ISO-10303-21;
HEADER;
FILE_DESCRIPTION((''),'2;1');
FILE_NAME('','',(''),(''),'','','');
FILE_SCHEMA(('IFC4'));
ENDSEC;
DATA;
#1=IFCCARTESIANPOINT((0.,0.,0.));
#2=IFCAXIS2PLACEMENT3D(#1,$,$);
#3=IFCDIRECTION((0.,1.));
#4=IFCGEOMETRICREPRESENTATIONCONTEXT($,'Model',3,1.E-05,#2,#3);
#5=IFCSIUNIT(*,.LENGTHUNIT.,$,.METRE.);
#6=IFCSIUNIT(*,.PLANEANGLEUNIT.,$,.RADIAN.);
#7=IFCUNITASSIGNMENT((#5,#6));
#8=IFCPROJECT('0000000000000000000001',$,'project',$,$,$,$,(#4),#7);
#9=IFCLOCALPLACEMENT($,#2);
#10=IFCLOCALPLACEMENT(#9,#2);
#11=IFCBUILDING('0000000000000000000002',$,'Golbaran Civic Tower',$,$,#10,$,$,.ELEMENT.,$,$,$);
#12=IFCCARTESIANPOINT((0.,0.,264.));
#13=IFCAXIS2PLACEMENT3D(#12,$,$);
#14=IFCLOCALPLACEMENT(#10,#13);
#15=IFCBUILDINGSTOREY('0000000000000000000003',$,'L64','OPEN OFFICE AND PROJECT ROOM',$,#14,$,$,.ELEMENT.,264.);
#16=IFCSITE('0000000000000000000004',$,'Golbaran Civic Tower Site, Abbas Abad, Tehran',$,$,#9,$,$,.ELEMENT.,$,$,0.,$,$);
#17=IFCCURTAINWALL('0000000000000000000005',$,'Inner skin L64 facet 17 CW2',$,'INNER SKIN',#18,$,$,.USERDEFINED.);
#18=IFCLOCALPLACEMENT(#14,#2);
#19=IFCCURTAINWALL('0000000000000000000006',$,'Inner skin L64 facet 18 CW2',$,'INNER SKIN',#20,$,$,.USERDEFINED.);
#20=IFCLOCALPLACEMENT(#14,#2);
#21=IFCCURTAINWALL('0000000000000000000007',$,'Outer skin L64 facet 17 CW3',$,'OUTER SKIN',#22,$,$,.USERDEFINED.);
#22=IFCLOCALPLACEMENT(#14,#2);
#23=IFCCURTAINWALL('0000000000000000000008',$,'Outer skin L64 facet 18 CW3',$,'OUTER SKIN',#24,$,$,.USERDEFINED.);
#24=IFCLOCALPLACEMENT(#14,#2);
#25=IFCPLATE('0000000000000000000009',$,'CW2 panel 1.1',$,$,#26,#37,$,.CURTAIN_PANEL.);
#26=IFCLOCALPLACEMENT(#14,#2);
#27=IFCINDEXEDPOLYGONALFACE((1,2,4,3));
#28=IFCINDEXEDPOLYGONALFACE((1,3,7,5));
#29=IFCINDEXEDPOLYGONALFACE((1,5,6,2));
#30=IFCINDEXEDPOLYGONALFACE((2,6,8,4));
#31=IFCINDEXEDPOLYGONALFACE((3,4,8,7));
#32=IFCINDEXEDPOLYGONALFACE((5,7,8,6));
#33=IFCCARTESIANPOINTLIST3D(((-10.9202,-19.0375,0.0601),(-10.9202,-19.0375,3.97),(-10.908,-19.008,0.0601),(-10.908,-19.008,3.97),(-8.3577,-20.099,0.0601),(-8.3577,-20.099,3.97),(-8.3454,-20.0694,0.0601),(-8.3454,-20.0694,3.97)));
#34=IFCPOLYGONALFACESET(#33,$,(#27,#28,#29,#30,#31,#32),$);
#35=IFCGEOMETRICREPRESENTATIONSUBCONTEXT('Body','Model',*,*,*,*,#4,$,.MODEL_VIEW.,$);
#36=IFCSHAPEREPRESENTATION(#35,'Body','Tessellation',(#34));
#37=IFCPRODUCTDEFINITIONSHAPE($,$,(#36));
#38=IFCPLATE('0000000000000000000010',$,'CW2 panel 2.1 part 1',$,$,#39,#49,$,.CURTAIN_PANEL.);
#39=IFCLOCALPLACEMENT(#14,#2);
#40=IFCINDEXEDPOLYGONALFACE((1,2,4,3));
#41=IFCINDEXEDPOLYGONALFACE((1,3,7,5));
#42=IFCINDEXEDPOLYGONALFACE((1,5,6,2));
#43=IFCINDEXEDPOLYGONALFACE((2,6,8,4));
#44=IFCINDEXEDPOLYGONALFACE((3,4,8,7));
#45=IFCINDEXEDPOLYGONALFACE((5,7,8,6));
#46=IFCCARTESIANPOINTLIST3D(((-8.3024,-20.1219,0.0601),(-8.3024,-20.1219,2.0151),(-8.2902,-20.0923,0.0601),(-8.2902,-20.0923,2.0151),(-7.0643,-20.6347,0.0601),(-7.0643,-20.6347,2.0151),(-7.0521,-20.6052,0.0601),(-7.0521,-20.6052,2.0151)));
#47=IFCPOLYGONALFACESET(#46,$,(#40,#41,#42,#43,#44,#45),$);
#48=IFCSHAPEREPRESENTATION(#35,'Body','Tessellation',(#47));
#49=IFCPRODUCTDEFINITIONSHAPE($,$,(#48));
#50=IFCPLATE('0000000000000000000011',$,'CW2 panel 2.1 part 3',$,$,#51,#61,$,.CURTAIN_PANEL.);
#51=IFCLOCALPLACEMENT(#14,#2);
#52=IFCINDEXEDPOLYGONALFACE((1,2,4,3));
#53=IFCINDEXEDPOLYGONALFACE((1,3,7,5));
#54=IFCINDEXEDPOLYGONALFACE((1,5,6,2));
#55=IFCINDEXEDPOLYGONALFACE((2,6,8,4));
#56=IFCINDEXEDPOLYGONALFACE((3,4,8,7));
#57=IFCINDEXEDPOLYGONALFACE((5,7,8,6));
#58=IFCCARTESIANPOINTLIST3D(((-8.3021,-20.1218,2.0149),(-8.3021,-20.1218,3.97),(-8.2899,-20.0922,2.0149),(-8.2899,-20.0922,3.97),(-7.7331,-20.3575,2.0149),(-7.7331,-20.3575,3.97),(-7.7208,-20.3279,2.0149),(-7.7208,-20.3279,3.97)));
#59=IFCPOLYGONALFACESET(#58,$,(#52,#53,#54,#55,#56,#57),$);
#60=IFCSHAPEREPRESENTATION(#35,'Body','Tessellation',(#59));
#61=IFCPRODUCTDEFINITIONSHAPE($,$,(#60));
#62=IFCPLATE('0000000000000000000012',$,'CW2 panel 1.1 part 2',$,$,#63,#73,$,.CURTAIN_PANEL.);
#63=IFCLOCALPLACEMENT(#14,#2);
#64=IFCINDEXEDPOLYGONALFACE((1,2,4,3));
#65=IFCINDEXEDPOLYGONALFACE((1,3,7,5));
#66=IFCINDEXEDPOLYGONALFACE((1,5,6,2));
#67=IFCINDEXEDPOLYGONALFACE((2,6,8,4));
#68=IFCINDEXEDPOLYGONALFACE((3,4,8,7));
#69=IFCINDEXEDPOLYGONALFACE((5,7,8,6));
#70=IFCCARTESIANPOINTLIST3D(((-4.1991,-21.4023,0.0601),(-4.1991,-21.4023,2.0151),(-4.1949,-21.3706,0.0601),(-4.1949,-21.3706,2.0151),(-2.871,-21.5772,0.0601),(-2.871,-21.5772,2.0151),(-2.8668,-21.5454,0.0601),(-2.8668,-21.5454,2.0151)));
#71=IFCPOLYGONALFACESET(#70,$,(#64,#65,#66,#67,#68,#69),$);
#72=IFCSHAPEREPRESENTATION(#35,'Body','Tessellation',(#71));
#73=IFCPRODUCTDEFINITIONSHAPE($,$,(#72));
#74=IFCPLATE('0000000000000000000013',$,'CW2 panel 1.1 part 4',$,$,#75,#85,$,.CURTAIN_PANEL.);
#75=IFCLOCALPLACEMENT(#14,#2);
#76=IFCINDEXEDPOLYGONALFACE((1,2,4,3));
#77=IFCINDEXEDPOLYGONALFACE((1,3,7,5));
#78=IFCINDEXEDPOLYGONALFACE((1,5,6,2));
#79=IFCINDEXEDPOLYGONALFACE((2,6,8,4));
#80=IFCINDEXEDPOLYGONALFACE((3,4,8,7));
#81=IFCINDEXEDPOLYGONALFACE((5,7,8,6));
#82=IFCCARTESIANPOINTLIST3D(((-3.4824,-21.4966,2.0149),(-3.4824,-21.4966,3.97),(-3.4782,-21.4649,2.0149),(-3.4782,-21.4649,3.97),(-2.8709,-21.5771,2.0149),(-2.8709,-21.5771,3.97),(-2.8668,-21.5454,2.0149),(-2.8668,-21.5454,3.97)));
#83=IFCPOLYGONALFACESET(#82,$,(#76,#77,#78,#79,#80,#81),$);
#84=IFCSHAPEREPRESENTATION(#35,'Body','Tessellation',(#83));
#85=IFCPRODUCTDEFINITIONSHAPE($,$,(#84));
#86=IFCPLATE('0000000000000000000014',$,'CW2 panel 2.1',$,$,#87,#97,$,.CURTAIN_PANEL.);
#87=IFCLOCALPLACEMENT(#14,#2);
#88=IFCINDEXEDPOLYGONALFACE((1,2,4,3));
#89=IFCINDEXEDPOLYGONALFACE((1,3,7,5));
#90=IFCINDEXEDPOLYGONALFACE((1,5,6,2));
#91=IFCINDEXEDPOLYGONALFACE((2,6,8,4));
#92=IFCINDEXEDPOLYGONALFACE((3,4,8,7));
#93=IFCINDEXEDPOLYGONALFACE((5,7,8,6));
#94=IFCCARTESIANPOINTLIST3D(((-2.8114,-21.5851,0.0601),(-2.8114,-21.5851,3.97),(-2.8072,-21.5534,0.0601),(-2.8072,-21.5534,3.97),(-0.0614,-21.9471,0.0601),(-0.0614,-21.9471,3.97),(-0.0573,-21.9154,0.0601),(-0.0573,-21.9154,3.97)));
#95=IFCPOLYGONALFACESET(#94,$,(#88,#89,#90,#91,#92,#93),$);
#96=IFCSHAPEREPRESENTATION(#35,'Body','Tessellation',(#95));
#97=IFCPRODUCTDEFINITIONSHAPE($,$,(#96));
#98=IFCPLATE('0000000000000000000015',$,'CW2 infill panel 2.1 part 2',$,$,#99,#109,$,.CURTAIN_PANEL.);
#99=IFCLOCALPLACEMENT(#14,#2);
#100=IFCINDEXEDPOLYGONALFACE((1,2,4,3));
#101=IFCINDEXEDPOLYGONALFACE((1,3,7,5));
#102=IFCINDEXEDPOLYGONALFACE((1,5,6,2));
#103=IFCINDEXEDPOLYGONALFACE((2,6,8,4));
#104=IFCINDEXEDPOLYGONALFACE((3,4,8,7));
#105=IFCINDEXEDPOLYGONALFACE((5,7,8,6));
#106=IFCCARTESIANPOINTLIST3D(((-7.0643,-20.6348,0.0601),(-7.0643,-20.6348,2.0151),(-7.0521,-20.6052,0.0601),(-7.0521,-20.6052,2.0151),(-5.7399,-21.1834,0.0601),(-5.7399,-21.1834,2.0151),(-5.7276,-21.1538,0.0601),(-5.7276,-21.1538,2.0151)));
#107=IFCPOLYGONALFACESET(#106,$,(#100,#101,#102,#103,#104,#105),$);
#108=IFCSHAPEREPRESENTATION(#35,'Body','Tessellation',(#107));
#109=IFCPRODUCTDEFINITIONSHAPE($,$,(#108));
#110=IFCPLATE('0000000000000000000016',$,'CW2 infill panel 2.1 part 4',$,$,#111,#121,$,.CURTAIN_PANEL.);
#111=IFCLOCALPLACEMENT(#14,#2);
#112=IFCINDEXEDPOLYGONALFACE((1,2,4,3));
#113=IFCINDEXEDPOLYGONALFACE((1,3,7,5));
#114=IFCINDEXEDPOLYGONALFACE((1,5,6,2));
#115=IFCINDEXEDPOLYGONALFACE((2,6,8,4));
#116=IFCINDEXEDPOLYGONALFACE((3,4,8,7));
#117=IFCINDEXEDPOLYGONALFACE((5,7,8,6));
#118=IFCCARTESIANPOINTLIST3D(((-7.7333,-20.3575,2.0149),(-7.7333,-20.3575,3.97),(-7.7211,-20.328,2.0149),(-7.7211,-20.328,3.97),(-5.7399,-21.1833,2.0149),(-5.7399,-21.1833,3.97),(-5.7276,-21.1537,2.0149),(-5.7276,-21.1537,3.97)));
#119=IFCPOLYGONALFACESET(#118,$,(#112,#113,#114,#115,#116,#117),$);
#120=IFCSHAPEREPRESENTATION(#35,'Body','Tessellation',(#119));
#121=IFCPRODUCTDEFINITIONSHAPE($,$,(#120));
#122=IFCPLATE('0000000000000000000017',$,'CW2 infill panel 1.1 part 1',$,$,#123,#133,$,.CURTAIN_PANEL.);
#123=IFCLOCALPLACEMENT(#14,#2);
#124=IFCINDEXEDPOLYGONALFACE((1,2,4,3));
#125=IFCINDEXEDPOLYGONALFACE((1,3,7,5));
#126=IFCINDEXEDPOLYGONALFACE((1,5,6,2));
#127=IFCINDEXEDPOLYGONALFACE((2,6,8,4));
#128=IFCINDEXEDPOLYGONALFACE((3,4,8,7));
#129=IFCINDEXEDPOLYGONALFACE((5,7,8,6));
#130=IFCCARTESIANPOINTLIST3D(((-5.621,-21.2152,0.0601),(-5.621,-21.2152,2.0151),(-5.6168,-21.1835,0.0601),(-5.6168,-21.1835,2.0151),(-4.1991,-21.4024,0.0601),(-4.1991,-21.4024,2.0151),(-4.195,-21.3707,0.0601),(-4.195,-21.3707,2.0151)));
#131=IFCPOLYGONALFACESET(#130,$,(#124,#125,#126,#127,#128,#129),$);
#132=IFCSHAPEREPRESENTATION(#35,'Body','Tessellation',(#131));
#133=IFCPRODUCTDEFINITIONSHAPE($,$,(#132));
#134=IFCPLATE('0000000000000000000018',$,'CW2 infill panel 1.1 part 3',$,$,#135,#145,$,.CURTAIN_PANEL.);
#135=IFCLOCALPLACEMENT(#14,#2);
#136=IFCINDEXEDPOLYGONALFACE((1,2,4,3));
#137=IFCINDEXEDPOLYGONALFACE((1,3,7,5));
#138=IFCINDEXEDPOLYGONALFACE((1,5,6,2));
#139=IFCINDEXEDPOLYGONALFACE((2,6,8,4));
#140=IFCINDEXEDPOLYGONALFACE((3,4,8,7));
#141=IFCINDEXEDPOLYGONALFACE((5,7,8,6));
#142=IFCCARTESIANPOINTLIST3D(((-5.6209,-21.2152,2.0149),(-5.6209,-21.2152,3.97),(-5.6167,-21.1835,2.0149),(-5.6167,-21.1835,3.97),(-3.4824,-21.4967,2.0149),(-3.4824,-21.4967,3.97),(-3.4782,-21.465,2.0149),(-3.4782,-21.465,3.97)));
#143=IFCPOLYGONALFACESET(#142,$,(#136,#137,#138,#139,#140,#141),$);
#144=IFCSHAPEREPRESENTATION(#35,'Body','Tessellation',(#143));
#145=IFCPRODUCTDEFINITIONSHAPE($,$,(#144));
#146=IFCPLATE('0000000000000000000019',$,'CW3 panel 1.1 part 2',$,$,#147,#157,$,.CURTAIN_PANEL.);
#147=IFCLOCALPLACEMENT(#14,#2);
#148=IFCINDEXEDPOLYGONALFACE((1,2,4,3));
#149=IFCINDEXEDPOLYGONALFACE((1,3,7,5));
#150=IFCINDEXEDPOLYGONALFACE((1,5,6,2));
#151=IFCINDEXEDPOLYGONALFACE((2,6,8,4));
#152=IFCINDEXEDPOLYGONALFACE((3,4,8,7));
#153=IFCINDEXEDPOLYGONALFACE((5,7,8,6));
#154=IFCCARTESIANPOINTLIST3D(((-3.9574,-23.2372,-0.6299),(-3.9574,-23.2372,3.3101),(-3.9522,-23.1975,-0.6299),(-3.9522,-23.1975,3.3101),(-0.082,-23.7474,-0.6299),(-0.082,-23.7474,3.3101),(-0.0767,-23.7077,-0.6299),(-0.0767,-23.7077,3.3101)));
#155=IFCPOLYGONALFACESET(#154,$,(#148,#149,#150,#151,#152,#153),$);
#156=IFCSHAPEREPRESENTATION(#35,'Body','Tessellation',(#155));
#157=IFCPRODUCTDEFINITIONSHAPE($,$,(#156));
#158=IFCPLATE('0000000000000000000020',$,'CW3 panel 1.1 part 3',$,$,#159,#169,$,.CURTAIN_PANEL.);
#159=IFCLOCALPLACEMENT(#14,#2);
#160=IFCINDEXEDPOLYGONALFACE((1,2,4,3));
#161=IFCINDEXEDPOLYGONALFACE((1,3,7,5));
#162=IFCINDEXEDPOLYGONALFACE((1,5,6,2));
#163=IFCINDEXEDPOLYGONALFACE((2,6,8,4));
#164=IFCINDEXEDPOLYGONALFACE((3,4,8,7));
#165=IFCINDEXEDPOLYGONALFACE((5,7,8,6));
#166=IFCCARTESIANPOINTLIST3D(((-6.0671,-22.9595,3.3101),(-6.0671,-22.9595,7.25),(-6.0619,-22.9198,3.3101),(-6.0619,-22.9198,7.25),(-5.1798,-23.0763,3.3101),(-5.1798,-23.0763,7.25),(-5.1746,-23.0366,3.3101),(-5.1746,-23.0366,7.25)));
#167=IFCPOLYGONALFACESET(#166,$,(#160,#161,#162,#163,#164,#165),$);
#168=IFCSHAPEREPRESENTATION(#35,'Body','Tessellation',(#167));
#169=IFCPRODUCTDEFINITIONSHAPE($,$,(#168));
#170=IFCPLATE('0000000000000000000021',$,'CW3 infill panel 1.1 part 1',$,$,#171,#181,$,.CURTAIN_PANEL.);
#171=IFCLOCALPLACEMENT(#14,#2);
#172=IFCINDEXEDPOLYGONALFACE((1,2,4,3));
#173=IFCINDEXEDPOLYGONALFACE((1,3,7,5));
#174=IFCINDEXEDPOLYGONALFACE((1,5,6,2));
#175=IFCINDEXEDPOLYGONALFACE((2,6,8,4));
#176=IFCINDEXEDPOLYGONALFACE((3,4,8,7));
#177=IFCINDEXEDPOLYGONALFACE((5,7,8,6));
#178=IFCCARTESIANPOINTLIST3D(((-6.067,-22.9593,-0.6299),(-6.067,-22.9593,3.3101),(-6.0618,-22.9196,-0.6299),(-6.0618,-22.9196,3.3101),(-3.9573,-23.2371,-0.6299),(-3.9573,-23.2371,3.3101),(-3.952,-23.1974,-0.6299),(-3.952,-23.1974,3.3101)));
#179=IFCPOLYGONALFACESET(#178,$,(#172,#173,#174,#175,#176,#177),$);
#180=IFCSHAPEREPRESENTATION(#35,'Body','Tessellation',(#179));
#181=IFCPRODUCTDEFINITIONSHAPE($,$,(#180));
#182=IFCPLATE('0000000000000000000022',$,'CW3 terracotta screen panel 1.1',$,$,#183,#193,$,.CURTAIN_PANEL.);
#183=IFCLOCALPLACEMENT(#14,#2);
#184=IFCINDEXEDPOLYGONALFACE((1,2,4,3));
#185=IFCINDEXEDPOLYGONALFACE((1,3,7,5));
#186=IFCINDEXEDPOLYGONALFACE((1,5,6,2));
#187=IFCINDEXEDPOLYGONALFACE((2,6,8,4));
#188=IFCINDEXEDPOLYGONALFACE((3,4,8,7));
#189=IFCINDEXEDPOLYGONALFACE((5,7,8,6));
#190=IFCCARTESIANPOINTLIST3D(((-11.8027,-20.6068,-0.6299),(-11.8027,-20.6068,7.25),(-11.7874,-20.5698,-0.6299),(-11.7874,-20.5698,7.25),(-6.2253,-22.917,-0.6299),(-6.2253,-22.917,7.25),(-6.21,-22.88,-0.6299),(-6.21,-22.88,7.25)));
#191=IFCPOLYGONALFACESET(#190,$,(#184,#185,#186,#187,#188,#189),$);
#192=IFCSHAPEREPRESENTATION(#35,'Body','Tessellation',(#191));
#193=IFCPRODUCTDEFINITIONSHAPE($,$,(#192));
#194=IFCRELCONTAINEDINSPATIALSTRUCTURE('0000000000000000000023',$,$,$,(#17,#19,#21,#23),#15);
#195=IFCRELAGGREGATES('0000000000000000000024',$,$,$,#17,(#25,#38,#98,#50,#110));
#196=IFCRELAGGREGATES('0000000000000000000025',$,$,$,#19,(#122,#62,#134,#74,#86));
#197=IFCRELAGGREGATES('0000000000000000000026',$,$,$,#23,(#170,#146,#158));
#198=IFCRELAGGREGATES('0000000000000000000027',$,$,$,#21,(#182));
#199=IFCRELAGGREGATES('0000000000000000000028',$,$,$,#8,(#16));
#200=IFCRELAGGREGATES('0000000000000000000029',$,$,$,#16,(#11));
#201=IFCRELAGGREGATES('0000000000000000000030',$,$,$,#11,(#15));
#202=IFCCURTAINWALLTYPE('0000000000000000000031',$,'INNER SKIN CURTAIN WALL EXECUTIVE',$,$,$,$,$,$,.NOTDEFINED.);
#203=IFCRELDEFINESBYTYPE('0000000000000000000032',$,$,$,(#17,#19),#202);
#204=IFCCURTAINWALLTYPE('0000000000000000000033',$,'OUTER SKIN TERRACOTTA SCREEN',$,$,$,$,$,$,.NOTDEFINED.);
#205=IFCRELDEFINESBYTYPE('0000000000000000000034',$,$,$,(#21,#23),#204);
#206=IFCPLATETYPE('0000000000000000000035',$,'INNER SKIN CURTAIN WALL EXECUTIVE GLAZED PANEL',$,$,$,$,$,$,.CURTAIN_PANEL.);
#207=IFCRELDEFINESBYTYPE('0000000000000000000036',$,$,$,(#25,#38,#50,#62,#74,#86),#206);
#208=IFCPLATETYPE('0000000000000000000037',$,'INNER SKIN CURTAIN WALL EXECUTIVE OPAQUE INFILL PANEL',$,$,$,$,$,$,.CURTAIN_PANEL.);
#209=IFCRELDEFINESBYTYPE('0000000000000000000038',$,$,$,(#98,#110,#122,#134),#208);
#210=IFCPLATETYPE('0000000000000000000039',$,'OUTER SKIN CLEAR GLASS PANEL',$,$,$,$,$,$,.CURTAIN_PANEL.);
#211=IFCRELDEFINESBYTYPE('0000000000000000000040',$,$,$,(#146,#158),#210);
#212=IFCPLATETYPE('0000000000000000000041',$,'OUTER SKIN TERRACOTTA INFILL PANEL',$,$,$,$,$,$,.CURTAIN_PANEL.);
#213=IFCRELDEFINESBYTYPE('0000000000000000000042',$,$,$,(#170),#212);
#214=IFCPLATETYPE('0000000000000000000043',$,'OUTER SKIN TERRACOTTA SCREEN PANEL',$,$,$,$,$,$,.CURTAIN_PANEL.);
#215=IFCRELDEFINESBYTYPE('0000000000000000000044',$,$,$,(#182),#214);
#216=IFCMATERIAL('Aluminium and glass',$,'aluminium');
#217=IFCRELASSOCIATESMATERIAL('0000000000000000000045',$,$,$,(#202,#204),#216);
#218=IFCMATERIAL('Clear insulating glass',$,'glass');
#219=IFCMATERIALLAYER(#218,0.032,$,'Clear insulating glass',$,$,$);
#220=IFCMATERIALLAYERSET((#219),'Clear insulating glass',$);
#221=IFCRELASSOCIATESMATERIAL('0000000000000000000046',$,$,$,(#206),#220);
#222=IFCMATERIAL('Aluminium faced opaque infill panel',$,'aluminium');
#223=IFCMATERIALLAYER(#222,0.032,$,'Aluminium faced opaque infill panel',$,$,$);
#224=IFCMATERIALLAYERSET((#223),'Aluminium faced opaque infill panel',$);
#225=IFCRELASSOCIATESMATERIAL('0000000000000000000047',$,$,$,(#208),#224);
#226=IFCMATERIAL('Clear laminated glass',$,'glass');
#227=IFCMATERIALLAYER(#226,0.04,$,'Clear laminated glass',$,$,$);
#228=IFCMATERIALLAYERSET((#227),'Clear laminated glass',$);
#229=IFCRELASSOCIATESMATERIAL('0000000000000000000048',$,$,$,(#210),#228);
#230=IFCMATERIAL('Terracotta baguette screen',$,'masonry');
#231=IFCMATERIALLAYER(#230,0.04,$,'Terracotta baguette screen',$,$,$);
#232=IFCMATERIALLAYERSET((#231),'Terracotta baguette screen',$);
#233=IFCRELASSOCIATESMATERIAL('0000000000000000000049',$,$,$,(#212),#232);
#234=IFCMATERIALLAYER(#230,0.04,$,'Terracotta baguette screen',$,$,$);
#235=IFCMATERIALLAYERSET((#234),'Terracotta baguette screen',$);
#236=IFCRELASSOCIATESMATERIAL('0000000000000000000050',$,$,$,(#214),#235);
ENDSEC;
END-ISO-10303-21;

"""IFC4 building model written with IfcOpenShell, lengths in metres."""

from ifc_helpers import new_model, si_unit, direction, frame, origin, origin_2d, place, context, subcontext, project, spatial, rectangle, extrude, material, layer, layer_set, type_object, element, aggregate, save


model = new_model("IFC4")

# Units and contexts
model_context = context("Model", 3, precision=1e-05, world=origin(), true_north=direction((0.0, 1.0)))
body_context = subcontext(model_context, "Body", "Model", "MODEL_VIEW")
ifc_project = project(units=[si_unit("LENGTHUNIT", "METRE"), si_unit("PLANEANGLEUNIT", "RADIAN")], contexts=[model_context])

# Site, building, storey
site_placement = place(None, origin())
site = spatial("IfcSite", under=ifc_project, at=site_placement, Name="Golbaran Civic Tower Site, Abbas Abad, Tehran", CompositionType="ELEMENT", RefElevation=0.0)
building_placement = place(site_placement, origin())
building = spatial("IfcBuilding", under=site, at=building_placement, Name="Golbaran Civic Tower", CompositionType="ELEMENT")
storey_placement = place(building_placement, frame((0.0, 0.0, 264.0)))
storey = spatial("IfcBuildingStorey", under=building, at=storey_placement, Name="L64", Description="OPEN OFFICE AND PROJECT ROOM", CompositionType="ELEMENT", Elevation=264.0)

# Curtain walls
ifc_material_1 = material(Name="Aluminium and glass", Category="aluminium")
curtain_wall_type_1 = type_object("IfcCurtainWallType", Name="INNER SKIN CURTAIN WALL EXECUTIVE", PredefinedType="NOTDEFINED", material=ifc_material_1)
curtain_wall_1_placement = place(storey_placement, origin())
curtain_wall_1 = element("IfcCurtainWall", 1, at=curtain_wall_1_placement, inside=storey, type_object=curtain_wall_type_1, Name="Inner skin L64 facet 17 CW2", ObjectType="INNER SKIN", PredefinedType="USERDEFINED")
curtain_wall_2_placement = place(storey_placement, origin())
curtain_wall_2 = element("IfcCurtainWall", 2, at=curtain_wall_2_placement, inside=storey, type_object=curtain_wall_type_1, Name="Inner skin L64 facet 18 CW2", ObjectType="INNER SKIN", PredefinedType="USERDEFINED")

# Curtain wall
curtain_wall_type_2 = type_object("IfcCurtainWallType", Name="OUTER SKIN TERRACOTTA SCREEN", PredefinedType="NOTDEFINED", material=ifc_material_1)
curtain_wall_3_placement = place(storey_placement, origin())
curtain_wall_3 = element("IfcCurtainWall", 3, at=curtain_wall_3_placement, inside=storey, type_object=curtain_wall_type_2, Name="Outer skin L64 facet 17 CW3", ObjectType="OUTER SKIN", PredefinedType="USERDEFINED")

# Curtain wall
curtain_wall_4_placement = place(storey_placement, origin())
curtain_wall_4 = element("IfcCurtainWall", 4, at=curtain_wall_4_placement, inside=storey, type_object=curtain_wall_type_2, Name="Outer skin L64 facet 18 CW3", ObjectType="OUTER SKIN", PredefinedType="USERDEFINED")

# Plates
ifc_material_2 = material(Name="Clear insulating glass", Category="glass")
ifc_layer_1 = layer(ifc_material_2, 0.032, Name="Clear insulating glass")
ifc_layer_set_1 = layer_set([ifc_layer_1], Name="Clear insulating glass")
plate_type_1 = type_object("IfcPlateType", Name="INNER SKIN CURTAIN WALL EXECUTIVE GLAZED PANEL", PredefinedType="CURTAIN_PANEL", material=ifc_layer_set_1)
plate_1_placement = place(storey_placement, frame((-9.6328, -19.5535, 0.0601), z_axis=(0.0, 0.0, 1.0), x_axis=(0.92388, -0.382683, 0.0)))
plate_1 = element("IfcPlate", 5, at=plate_1_placement, type_object=plate_type_1, Name="CW2 panel 1.1", PredefinedType="CURTAIN_PANEL", context=body_context, shape_type="SweptSolid", body=[
    extrude(rectangle(XDim=2.7737, YDim=0.032, at=origin_2d()), origin(), (0.0, 0.0, 1.0), 3.9099),
])
plate_2_placement = place(storey_placement, frame((-7.6772, -20.3635, 0.0601), z_axis=(0.0, 0.0, 1.0), x_axis=(0.92388, -0.382683, 0.0)))
plate_2 = element("IfcPlate", 6, at=plate_2_placement, type_object=plate_type_1, Name="CW2 panel 2.1 part 1", PredefinedType="CURTAIN_PANEL", context=body_context, shape_type="SweptSolid", body=[
    extrude(rectangle(XDim=1.3401, YDim=0.032, at=origin_2d()), origin(), (0.0, 0.0, 1.0), 1.9551),
])
plate_3_placement = place(storey_placement, frame((-8.0115, -20.2249, 2.0149), z_axis=(0.0, 0.0, 1.0), x_axis=(0.92388, -0.382683, 0.0)))
plate_3 = element("IfcPlate", 7, at=plate_3_placement, type_object=plate_type_1, Name="CW2 panel 2.1 part 3", PredefinedType="CURTAIN_PANEL", context=body_context, shape_type="SweptSolid", body=[
    extrude(rectangle(XDim=0.616, YDim=0.032, at=origin_2d()), origin(), (0.0, 0.0, 1.0), 1.9551),
])
plate_4_placement = place(storey_placement, frame((-3.533, -21.4739, 0.0601), z_axis=(0.0, 0.0, 1.0), x_axis=(0.991445, -0.130526, 0.0)))
plate_4 = element("IfcPlate", 8, at=plate_4_placement, type_object=plate_type_1, Name="CW2 panel 1.1 part 2", PredefinedType="CURTAIN_PANEL", context=body_context, shape_type="SweptSolid", body=[
    extrude(rectangle(XDim=1.3396, YDim=0.032, at=origin_2d()), origin(), (0.0, 0.0, 1.0), 1.9551),
])
plate_5_placement = place(storey_placement, frame((-3.1746, -21.521, 2.0149), z_axis=(0.0, 0.0, 1.0), x_axis=(0.991445, -0.130526, 0.0)))
plate_5 = element("IfcPlate", 9, at=plate_5_placement, type_object=plate_type_1, Name="CW2 panel 1.1 part 4", PredefinedType="CURTAIN_PANEL", context=body_context, shape_type="SweptSolid", body=[
    extrude(rectangle(XDim=0.6167, YDim=0.032, at=origin_2d()), origin(), (0.0, 0.0, 1.0), 1.9551),
])
plate_6_placement = place(storey_placement, frame((-1.4343, -21.7502, 0.0601), z_axis=(0.0, 0.0, 1.0), x_axis=(0.991445, -0.130526, 0.0)))
plate_6 = element("IfcPlate", 10, at=plate_6_placement, type_object=plate_type_1, Name="CW2 panel 2.1", PredefinedType="CURTAIN_PANEL", context=body_context, shape_type="SweptSolid", body=[
    extrude(rectangle(XDim=2.7737, YDim=0.032, at=origin_2d()), origin(), (0.0, 0.0, 1.0), 3.9099),
])
ifc_material_3 = material(Name="Aluminium faced opaque infill panel", Category="aluminium")
ifc_layer_2 = layer(ifc_material_3, 0.032, Name="Aluminium faced opaque infill panel")
ifc_layer_set_2 = layer_set([ifc_layer_2], Name="Aluminium faced opaque infill panel")
plate_type_2 = type_object("IfcPlateType", Name="INNER SKIN CURTAIN WALL EXECUTIVE OPAQUE INFILL PANEL", PredefinedType="CURTAIN_PANEL", material=ifc_layer_set_2)
plate_7_placement = place(storey_placement, frame((-6.396, -20.8943, 0.0601), z_axis=(0.0, 0.0, 1.0), x_axis=(0.92388, -0.382683, 0.0)))
plate_7 = element("IfcPlate", 11, at=plate_7_placement, type_object=plate_type_2, Name="CW2 infill panel 2.1 part 2", PredefinedType="CURTAIN_PANEL", context=body_context, shape_type="SweptSolid", body=[
    extrude(rectangle(XDim=1.4336, YDim=0.032, at=origin_2d()), origin(), (0.0, 0.0, 1.0), 1.9551),
])
plate_8_placement = place(storey_placement, frame((-6.7305, -20.7556, 2.0149), z_axis=(0.0, 0.0, 1.0), x_axis=(0.92388, -0.382683, 0.0)))
plate_8 = element("IfcPlate", 12, at=plate_8_placement, type_object=plate_type_2, Name="CW2 infill panel 2.1 part 4", PredefinedType="CURTAIN_PANEL", context=body_context, shape_type="SweptSolid", body=[
    extrude(rectangle(XDim=2.1577, YDim=0.032, at=origin_2d()), origin(), (0.0, 0.0, 1.0), 1.9551),
])
aggregate(curtain_wall_1, [plate_1, plate_2, plate_7, plate_3, plate_8])
plate_9_placement = place(storey_placement, frame((-4.908, -21.293, 0.0601), z_axis=(0.0, 0.0, 1.0), x_axis=(0.991445, -0.130526, 0.0)))
plate_9 = element("IfcPlate", 13, at=plate_9_placement, type_object=plate_type_2, Name="CW2 infill panel 1.1 part 1", PredefinedType="CURTAIN_PANEL", context=body_context, shape_type="SweptSolid", body=[
    extrude(rectangle(XDim=1.4341, YDim=0.032, at=origin_2d()), origin(), (0.0, 0.0, 1.0), 1.9551),
])
plate_10_placement = place(storey_placement, frame((-4.5496, -21.3401, 2.0149), z_axis=(0.0, 0.0, 1.0), x_axis=(0.991445, -0.130526, 0.0)))
plate_10 = element("IfcPlate", 14, at=plate_10_placement, type_object=plate_type_2, Name="CW2 infill panel 1.1 part 3", PredefinedType="CURTAIN_PANEL", context=body_context, shape_type="SweptSolid", body=[
    extrude(rectangle(XDim=2.157, YDim=0.032, at=origin_2d()), origin(), (0.0, 0.0, 1.0), 1.9551),
])
aggregate(curtain_wall_2, [plate_9, plate_4, plate_10, plate_5, plate_6])
ifc_material_4 = material(Name="Clear laminated glass", Category="glass")
ifc_layer_3 = layer(ifc_material_4, 0.04, Name="Clear laminated glass")
ifc_layer_set_3 = layer_set([ifc_layer_3], Name="Clear laminated glass")
plate_type_3 = type_object("IfcPlateType", Name="OUTER SKIN CLEAR GLASS PANEL", PredefinedType="CURTAIN_PANEL", material=ifc_layer_set_3)
plate_11_placement = place(storey_placement, frame((-2.0171, -23.4724, -0.6299), z_axis=(0.0, 0.0, 1.0), x_axis=(0.991445, -0.130526, 0.0)))
plate_11 = element("IfcPlate", 15, at=plate_11_placement, type_object=plate_type_3, Name="CW3 panel 1.1 part 2", PredefinedType="CURTAIN_PANEL", context=body_context, shape_type="SweptSolid", body=[
    extrude(rectangle(XDim=3.9089, YDim=0.04, at=origin_2d()), origin(), (0.0, 0.0, 1.0), 3.9399),
])
plate_12_placement = place(storey_placement, frame((-5.6208, -22.998, 3.3101), z_axis=(0.0, 0.0, 1.0), x_axis=(0.991445, -0.130526, 0.0)))
plate_12 = element("IfcPlate", 16, at=plate_12_placement, type_object=plate_type_3, Name="CW3 panel 1.1 part 3", PredefinedType="CURTAIN_PANEL", context=body_context, shape_type="SweptSolid", body=[
    extrude(rectangle(XDim=0.895, YDim=0.04, at=origin_2d()), origin(), (0.0, 0.0, 1.0), 3.9399),
])
ifc_material_5 = material(Name="Terracotta baguette screen", Category="masonry")
ifc_layer_4 = layer(ifc_material_5, 0.04, Name="Terracotta baguette screen")
ifc_layer_set_4 = layer_set([ifc_layer_4], Name="Terracotta baguette screen")
plate_type_4 = type_object("IfcPlateType", Name="OUTER SKIN TERRACOTTA INFILL PANEL", PredefinedType="CURTAIN_PANEL", material=ifc_layer_set_4)
plate_13_placement = place(storey_placement, frame((-5.0095, -23.0784, -0.6299), z_axis=(0.0, 0.0, 1.0), x_axis=(0.991445, -0.130526, 0.0)))
plate_13 = element("IfcPlate", 17, at=plate_13_placement, type_object=plate_type_4, Name="CW3 infill panel 1.1 part 1", PredefinedType="CURTAIN_PANEL", context=body_context, shape_type="SweptSolid", body=[
    extrude(rectangle(XDim=2.1279, YDim=0.04, at=origin_2d()), origin(), (0.0, 0.0, 1.0), 3.9399),
])
aggregate(curtain_wall_4, [plate_13, plate_11, plate_12])
ifc_layer_5 = layer(ifc_material_5, 0.04, Name="Terracotta baguette screen")
ifc_layer_set_5 = layer_set([ifc_layer_5], Name="Terracotta baguette screen")
plate_type_5 = type_object("IfcPlateType", Name="OUTER SKIN TERRACOTTA SCREEN PANEL", PredefinedType="CURTAIN_PANEL", material=ifc_layer_set_5)
plate_14_placement = place(storey_placement, frame((-9.0063, -21.7434, -0.6299), z_axis=(0.0, 0.0, 1.0), x_axis=(0.92388, -0.382683, 0.0)))
plate_14 = element("IfcPlate", 18, at=plate_14_placement, type_object=plate_type_5, Name="CW3 terracotta screen panel 1.1", PredefinedType="CURTAIN_PANEL", context=body_context, shape_type="SweptSolid", body=[
    extrude(rectangle(XDim=6.0369, YDim=0.04, at=origin_2d()), origin(), (0.0, 0.0, 1.0), 7.8799),
])
aggregate(curtain_wall_3, [plate_14])

save(model, "model.ifc")
